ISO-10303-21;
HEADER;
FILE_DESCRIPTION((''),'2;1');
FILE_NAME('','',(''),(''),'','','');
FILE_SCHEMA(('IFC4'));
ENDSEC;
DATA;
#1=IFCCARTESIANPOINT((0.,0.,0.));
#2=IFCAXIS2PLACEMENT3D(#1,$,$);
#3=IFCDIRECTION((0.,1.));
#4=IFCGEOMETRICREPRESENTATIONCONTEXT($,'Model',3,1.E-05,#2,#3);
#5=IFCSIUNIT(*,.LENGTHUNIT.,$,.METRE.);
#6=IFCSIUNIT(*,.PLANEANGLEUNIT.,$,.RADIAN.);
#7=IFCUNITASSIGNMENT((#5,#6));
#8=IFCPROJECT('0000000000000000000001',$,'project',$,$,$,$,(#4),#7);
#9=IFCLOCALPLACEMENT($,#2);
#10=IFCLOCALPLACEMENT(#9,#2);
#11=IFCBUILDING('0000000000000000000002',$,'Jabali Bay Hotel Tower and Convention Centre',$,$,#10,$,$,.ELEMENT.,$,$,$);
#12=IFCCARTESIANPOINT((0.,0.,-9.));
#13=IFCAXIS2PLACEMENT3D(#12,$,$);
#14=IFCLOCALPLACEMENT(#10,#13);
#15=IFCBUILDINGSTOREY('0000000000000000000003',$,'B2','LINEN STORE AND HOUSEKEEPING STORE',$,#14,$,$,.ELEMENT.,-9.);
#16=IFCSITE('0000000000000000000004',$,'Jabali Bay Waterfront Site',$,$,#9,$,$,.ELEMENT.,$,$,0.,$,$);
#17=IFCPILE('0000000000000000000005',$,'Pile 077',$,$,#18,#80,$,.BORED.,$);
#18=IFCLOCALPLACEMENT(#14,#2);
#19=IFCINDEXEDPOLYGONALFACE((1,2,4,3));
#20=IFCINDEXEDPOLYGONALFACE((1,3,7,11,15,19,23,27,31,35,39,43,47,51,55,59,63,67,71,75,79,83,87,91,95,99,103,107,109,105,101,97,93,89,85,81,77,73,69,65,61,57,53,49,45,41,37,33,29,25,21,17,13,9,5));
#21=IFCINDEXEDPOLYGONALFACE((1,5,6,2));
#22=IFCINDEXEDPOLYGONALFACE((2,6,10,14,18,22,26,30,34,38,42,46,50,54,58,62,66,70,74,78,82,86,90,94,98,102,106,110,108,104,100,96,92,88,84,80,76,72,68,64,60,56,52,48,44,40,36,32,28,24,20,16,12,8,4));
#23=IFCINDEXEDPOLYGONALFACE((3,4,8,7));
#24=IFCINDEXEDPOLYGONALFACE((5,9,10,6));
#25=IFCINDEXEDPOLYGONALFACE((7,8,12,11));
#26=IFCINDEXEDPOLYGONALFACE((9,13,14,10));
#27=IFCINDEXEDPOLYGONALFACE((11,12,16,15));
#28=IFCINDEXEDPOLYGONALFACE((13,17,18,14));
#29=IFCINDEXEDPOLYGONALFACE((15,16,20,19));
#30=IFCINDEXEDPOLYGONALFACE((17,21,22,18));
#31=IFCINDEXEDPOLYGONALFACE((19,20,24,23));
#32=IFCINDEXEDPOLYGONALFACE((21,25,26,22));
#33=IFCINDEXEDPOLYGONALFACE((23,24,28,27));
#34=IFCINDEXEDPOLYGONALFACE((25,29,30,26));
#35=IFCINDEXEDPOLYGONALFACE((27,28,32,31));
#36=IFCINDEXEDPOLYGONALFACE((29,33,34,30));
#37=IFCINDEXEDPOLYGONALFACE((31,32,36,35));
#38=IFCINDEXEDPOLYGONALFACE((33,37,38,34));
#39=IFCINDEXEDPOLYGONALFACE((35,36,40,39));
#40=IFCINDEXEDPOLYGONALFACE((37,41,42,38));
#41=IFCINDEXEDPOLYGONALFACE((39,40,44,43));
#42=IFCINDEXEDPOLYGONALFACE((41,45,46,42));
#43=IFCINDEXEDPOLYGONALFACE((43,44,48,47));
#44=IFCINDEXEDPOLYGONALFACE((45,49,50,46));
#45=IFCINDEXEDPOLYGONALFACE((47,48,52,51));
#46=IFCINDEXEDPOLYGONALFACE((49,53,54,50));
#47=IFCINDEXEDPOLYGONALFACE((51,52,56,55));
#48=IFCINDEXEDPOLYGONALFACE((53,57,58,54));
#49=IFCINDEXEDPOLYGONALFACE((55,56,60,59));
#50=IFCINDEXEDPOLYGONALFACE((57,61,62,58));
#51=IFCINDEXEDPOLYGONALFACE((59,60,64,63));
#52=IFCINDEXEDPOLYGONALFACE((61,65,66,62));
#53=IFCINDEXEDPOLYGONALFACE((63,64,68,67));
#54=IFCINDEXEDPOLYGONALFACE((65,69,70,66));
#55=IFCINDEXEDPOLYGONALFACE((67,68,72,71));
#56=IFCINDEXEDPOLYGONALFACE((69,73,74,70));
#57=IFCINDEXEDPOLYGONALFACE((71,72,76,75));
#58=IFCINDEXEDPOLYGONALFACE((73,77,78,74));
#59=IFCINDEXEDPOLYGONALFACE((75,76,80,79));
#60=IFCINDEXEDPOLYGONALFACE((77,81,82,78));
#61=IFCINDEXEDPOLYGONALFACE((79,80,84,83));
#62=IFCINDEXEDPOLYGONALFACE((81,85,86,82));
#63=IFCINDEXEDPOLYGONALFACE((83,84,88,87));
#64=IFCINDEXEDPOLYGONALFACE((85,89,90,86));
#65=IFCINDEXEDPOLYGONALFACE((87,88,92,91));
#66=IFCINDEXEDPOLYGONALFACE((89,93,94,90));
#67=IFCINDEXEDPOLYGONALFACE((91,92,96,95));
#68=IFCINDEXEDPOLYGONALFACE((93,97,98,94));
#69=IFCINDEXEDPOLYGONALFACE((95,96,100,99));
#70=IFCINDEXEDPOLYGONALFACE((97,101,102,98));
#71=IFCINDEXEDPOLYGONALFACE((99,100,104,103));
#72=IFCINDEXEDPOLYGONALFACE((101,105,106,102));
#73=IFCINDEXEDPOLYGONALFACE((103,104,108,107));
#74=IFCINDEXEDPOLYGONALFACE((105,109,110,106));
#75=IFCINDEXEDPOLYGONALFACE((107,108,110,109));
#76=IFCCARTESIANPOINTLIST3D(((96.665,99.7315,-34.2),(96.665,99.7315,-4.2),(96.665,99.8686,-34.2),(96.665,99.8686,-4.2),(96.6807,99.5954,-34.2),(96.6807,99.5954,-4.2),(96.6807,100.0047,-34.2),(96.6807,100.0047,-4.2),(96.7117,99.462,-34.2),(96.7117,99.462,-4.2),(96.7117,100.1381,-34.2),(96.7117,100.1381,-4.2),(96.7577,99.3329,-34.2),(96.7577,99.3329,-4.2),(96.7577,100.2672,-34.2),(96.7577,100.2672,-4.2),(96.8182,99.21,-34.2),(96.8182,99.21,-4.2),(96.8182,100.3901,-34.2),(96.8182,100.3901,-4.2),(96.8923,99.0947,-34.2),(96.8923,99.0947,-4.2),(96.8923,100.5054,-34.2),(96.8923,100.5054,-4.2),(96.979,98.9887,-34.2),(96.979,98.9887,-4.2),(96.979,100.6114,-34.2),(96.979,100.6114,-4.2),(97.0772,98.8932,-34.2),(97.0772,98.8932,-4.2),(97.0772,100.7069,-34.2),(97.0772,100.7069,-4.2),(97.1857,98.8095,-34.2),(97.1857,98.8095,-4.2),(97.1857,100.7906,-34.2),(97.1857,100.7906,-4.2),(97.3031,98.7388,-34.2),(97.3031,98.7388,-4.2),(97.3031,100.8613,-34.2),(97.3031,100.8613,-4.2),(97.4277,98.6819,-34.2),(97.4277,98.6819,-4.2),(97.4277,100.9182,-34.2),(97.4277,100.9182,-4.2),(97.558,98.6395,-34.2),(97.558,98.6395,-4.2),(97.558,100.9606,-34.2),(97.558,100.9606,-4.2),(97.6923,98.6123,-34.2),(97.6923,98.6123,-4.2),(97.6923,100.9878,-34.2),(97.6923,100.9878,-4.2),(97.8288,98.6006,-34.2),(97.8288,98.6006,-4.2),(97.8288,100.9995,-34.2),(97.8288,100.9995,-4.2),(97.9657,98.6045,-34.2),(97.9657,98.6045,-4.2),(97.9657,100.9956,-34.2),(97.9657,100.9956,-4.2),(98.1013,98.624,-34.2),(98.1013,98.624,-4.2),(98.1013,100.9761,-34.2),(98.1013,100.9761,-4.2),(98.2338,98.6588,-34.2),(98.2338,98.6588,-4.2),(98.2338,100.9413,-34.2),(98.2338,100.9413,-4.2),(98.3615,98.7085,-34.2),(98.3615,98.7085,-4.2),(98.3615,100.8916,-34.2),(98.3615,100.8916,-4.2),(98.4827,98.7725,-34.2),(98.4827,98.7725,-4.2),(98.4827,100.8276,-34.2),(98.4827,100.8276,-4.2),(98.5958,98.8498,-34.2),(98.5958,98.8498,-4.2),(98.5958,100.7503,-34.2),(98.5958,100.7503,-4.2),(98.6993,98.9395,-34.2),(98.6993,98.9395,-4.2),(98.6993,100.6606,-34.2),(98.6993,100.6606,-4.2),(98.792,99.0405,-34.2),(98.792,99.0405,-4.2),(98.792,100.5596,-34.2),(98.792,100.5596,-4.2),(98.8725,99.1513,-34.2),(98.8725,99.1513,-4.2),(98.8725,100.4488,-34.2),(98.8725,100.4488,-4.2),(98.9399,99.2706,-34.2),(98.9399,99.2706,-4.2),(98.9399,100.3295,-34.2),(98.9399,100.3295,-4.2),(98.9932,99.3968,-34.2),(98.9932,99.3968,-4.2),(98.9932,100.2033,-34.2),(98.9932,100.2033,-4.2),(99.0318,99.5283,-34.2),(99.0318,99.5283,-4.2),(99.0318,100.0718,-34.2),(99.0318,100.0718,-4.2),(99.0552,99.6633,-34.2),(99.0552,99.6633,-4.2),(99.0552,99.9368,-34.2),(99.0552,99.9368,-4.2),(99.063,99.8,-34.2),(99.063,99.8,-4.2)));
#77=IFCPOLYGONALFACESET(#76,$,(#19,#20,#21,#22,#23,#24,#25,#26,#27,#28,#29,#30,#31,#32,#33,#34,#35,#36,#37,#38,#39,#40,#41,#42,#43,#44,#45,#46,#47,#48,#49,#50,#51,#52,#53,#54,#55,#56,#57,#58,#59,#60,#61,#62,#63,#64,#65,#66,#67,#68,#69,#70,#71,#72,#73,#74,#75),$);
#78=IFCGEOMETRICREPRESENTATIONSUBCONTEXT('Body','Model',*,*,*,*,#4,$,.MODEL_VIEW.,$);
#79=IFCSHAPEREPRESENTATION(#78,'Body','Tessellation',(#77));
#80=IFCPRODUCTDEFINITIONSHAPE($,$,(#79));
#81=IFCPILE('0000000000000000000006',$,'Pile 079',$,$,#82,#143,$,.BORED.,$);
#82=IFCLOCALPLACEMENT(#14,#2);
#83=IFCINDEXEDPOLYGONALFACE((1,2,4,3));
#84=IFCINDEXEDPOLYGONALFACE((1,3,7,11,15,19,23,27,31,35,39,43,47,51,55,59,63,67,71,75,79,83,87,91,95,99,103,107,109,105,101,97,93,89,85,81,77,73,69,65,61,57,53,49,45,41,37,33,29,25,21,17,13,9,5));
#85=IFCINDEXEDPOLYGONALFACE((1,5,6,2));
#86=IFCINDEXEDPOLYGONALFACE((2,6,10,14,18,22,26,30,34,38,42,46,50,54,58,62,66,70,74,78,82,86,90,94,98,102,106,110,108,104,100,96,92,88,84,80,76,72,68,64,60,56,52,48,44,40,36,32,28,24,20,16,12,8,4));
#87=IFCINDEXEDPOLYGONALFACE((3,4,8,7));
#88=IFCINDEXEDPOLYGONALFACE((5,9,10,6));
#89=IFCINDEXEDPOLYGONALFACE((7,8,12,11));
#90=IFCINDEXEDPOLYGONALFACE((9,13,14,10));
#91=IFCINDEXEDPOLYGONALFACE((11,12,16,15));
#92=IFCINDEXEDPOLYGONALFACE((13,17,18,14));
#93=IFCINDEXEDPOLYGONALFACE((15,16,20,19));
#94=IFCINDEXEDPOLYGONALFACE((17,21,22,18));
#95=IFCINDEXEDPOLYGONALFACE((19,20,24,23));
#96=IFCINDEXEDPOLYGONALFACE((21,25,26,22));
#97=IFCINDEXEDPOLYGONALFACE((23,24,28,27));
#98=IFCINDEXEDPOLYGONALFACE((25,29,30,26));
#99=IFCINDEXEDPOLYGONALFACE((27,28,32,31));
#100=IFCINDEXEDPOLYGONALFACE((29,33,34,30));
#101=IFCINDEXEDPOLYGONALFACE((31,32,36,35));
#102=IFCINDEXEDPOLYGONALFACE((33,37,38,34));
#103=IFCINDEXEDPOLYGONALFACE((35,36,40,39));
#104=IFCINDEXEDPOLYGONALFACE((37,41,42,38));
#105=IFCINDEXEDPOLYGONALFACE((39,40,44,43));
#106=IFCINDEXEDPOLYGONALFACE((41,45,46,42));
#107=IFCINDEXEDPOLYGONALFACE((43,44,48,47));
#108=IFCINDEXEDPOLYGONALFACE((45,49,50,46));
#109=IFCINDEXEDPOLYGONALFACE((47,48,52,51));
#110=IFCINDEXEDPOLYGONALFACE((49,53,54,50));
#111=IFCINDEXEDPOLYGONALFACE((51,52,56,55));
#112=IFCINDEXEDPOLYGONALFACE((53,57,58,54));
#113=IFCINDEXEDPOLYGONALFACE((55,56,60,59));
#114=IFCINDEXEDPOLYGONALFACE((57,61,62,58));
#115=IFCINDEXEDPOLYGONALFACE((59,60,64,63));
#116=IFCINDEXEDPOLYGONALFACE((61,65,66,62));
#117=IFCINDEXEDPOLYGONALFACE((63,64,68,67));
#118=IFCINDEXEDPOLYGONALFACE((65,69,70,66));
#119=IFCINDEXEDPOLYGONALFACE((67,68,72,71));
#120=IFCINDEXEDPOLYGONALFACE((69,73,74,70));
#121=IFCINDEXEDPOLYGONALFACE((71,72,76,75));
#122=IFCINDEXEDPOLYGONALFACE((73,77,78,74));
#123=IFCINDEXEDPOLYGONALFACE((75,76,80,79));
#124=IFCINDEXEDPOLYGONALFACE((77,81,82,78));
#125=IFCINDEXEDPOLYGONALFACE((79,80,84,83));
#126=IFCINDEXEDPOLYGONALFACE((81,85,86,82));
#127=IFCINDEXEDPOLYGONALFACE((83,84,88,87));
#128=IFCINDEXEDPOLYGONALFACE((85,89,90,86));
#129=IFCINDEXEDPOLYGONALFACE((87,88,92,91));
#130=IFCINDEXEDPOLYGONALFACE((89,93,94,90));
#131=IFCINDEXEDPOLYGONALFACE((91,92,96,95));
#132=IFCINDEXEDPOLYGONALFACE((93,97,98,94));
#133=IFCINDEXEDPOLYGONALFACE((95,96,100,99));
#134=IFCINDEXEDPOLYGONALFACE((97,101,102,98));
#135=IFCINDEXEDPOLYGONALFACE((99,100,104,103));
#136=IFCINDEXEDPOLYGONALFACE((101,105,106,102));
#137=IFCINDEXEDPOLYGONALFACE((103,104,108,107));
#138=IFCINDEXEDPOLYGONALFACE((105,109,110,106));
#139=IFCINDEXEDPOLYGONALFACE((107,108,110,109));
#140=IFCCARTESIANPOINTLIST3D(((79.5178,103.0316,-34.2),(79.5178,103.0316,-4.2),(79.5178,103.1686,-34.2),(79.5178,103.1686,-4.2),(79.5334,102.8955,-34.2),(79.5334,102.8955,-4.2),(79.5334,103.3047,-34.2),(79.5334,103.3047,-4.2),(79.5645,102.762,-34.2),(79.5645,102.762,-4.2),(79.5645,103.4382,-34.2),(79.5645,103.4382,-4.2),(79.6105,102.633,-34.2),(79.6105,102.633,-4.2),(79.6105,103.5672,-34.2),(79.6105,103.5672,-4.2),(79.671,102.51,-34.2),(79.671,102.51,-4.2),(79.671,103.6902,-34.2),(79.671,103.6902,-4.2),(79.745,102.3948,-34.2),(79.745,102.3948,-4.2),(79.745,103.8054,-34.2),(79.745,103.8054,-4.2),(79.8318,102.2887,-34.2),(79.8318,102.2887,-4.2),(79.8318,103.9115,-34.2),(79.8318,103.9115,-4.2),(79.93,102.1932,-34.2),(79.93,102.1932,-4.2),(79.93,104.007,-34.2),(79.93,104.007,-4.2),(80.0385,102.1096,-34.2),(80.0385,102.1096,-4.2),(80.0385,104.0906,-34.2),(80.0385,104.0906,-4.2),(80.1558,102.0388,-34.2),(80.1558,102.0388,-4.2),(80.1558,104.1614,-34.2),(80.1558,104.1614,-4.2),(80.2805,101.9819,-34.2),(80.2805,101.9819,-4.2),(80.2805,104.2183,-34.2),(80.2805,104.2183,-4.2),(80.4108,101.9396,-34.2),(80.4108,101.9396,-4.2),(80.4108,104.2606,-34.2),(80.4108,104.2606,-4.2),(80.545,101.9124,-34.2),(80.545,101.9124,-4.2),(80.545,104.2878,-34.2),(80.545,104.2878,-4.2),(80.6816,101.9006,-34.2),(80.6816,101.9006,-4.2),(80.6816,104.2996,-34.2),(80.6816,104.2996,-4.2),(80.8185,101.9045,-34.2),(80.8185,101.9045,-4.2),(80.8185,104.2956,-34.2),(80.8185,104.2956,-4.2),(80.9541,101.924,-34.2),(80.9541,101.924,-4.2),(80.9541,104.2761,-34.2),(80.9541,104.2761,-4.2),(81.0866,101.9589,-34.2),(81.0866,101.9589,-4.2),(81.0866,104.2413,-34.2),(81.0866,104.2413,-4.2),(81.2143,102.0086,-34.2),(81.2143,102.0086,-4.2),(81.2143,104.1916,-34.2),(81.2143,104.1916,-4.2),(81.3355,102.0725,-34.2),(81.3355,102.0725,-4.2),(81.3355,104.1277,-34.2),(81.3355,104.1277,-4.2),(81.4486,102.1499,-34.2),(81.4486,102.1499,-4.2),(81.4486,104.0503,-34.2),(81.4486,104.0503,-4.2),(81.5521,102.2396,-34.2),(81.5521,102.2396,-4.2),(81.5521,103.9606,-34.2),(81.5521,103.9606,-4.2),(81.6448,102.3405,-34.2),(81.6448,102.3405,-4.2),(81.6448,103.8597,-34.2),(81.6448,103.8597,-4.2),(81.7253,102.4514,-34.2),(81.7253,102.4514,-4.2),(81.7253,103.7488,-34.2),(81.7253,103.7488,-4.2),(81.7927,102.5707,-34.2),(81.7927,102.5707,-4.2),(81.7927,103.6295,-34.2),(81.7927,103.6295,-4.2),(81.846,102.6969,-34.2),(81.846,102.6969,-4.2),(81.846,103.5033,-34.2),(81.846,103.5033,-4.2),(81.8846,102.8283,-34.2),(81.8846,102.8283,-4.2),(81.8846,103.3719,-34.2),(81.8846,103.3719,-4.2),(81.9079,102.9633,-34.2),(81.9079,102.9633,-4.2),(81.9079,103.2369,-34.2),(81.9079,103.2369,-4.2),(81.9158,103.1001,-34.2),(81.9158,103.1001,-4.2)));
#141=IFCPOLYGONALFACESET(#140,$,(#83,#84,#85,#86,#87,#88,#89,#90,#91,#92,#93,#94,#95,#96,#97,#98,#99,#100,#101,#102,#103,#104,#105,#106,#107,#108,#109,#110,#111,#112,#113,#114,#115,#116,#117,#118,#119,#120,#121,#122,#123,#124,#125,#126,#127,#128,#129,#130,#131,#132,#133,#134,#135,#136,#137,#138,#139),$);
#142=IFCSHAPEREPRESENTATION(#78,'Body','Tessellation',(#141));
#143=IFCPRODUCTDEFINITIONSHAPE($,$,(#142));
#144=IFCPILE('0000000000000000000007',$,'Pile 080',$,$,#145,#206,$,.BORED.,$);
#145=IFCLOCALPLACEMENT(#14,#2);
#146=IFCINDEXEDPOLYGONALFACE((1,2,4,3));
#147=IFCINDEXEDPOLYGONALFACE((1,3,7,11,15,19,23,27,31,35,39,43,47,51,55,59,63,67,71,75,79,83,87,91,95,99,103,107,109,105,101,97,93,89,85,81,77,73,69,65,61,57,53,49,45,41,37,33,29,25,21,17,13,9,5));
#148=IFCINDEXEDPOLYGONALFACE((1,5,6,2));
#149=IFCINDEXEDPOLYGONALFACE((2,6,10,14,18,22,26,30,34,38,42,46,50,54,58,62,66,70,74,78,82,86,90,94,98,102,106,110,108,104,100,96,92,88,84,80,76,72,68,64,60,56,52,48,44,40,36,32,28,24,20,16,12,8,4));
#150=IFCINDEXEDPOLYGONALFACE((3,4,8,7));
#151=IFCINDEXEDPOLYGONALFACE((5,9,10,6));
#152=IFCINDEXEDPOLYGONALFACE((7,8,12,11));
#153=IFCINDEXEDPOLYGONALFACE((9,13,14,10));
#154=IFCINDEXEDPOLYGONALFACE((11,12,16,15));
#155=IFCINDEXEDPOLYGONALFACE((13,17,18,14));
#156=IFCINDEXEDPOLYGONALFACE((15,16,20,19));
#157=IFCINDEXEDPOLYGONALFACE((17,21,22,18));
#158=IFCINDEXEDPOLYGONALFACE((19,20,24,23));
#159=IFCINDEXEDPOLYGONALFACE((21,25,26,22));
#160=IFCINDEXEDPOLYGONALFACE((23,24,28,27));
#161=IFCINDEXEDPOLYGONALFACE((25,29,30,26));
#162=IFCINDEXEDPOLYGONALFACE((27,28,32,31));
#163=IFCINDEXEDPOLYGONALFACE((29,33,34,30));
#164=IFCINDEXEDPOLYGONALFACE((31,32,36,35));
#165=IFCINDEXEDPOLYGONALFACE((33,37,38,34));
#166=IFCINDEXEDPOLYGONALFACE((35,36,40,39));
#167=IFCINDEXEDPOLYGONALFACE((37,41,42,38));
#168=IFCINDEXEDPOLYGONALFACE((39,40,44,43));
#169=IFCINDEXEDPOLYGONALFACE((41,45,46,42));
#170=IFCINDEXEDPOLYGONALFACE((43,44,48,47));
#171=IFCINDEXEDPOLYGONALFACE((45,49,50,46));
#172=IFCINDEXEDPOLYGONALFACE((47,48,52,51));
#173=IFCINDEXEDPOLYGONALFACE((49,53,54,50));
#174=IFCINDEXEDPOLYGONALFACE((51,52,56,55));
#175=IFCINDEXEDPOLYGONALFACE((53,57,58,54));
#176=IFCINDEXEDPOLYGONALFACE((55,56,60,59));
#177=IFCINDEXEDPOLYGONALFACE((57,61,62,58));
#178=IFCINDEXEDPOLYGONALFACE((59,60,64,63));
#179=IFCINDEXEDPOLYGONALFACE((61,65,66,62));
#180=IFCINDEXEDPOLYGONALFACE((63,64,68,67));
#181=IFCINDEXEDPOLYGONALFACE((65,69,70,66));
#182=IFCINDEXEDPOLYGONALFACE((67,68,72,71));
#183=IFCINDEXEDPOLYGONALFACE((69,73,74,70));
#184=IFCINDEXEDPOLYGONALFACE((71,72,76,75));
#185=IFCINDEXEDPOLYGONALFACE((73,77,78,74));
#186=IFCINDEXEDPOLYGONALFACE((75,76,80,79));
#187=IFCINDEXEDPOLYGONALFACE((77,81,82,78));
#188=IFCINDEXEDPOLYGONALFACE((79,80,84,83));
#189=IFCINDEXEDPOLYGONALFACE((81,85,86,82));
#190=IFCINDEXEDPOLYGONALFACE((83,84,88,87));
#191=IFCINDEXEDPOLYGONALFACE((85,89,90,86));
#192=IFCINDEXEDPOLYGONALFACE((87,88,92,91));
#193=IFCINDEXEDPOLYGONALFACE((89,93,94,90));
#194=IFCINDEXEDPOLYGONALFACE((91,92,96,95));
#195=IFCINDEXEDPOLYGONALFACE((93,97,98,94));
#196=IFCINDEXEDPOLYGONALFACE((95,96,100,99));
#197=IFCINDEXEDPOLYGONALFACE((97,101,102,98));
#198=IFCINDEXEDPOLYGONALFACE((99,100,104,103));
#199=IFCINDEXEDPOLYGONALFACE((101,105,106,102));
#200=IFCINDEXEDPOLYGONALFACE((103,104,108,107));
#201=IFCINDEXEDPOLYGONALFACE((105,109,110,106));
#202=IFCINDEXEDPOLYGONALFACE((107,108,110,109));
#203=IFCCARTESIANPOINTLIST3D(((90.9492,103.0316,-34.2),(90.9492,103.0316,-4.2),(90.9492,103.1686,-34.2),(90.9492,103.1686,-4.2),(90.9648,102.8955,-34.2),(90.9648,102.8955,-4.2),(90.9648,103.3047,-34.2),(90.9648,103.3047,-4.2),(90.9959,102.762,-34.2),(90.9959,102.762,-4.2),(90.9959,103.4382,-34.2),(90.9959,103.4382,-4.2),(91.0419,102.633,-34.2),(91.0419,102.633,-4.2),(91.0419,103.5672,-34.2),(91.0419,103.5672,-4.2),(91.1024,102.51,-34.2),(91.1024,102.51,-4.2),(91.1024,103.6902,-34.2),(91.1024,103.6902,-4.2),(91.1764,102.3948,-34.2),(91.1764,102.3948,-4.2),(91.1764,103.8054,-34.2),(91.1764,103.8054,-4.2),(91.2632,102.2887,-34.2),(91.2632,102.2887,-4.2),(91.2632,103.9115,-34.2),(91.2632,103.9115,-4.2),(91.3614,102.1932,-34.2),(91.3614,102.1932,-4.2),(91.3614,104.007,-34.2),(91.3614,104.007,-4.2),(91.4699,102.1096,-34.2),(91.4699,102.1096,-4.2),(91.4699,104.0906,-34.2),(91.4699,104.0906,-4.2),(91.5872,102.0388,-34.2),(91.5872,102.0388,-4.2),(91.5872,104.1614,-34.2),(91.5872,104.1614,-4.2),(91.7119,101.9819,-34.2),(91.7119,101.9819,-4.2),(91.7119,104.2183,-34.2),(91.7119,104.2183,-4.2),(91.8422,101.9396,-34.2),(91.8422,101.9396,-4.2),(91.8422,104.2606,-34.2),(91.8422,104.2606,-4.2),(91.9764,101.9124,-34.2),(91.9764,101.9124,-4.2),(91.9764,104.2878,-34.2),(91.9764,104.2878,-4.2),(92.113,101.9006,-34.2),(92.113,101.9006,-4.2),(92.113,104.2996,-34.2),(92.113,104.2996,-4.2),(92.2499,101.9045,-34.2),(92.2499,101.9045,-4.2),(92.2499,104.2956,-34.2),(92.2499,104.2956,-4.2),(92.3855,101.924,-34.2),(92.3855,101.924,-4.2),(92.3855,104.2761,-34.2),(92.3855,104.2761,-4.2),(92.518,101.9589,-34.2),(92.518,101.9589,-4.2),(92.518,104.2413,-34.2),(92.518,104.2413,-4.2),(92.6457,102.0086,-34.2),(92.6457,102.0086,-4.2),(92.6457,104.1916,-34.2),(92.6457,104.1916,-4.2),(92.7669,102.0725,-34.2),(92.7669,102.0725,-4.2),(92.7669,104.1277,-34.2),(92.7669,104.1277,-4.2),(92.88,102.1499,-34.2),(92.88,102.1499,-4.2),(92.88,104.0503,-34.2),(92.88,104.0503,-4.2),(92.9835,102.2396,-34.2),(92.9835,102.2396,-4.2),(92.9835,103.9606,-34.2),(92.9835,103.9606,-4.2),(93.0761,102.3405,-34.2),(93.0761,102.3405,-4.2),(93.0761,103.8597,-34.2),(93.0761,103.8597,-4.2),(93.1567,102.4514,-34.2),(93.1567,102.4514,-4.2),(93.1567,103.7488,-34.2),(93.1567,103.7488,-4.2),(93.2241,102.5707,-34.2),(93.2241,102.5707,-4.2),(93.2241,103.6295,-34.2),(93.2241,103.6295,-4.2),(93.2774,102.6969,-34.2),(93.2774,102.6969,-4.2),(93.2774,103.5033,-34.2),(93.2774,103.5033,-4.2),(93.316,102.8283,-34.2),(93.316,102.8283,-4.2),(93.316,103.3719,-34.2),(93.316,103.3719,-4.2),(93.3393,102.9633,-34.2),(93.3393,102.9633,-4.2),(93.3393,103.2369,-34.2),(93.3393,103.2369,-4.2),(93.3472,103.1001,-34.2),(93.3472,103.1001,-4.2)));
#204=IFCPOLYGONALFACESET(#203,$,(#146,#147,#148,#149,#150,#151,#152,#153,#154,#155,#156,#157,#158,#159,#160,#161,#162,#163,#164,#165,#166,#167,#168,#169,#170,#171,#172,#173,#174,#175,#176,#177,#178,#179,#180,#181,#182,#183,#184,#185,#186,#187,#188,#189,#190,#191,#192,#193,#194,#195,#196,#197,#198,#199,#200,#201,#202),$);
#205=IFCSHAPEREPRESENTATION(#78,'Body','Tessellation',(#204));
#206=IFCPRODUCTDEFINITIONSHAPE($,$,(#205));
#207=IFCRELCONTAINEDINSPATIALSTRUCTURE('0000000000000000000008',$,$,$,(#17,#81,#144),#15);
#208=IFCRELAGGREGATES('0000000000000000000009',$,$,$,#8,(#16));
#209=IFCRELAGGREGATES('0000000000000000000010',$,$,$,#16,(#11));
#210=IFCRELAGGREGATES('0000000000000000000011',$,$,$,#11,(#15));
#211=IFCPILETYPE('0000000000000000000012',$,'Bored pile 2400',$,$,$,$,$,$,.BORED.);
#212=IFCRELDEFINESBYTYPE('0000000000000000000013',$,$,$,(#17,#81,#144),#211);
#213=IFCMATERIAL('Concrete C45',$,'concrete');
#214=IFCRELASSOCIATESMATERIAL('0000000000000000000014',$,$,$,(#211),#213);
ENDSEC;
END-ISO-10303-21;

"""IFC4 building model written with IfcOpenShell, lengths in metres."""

from ifc_helpers import new_model, si_unit, direction, frame, origin, origin_2d, place, context, subcontext, project, spatial, circle, extrude, material, material_profile, profile_set, type_object, element, save


model = new_model("IFC4")

# Units and contexts
model_context = context("Model", 3, precision=1e-05, world=origin(), true_north=direction((0.0, 1.0)))
body_context = subcontext(model_context, "Body", "Model", "MODEL_VIEW")
ifc_project = project(units=[si_unit("LENGTHUNIT", "METRE"), si_unit("PLANEANGLEUNIT", "RADIAN")], contexts=[model_context])

# Site, building, storey
site_placement = place(None, origin())
site = spatial("IfcSite", under=ifc_project, at=site_placement, Name="Jabali Bay Waterfront Site", CompositionType="ELEMENT", RefElevation=0.0)
building_placement = place(site_placement, origin())
building = spatial("IfcBuilding", under=site, at=building_placement, Name="Jabali Bay Hotel Tower and Convention Centre", CompositionType="ELEMENT")
storey_placement = place(building_placement, frame((0.0, 0.0, -9.0)))
storey = spatial("IfcBuildingStorey", under=building, at=storey_placement, Name="B2", Description="LINEN STORE AND HOUSEKEEPING STORE", CompositionType="ELEMENT", Elevation=-9.0)

# Piles
ifc_material_1 = material(Name="Concrete C45", Category="concrete")
ifc_material_profile_1 = material_profile(ifc_material_1, circle(Radius=1.2, at=origin_2d()), Name="Bored pile 2400")
ifc_profile_set_1 = profile_set([ifc_material_profile_1], Name="Concrete C45")
pile_type = type_object("IfcPileType", Name="Bored pile 2400", PredefinedType="BORED", material=ifc_profile_set_1)
for number, where, z_axis, x_axis, name in (
    (1, (97.863, 99.8, -4.2), (0.0, 0.0, -1.0), (1.0, 0.0, 0.0), "Pile 077"),
    (2, (80.7158, 103.1001, -4.2), (0.0, 0.0, -1.0), (1.0, 0.0, 0.0), "Pile 079"),
    (3, (92.1472, 103.1001, -4.2), (0.0, 0.0, -1.0), (1.0, 0.0, 0.0), "Pile 080"),
):
    element("IfcPile", number, at=place(storey_placement, frame(where, z_axis=z_axis, x_axis=x_axis)), inside=storey, type_object=pile_type, Name=name, PredefinedType="BORED", context=body_context, shape_type="SweptSolid", body=[
        extrude(circle(Radius=1.2, at=origin_2d()), origin(), (0.0, 0.0, 1.0), 30.0),
    ])

save(model, "model.ifc")
